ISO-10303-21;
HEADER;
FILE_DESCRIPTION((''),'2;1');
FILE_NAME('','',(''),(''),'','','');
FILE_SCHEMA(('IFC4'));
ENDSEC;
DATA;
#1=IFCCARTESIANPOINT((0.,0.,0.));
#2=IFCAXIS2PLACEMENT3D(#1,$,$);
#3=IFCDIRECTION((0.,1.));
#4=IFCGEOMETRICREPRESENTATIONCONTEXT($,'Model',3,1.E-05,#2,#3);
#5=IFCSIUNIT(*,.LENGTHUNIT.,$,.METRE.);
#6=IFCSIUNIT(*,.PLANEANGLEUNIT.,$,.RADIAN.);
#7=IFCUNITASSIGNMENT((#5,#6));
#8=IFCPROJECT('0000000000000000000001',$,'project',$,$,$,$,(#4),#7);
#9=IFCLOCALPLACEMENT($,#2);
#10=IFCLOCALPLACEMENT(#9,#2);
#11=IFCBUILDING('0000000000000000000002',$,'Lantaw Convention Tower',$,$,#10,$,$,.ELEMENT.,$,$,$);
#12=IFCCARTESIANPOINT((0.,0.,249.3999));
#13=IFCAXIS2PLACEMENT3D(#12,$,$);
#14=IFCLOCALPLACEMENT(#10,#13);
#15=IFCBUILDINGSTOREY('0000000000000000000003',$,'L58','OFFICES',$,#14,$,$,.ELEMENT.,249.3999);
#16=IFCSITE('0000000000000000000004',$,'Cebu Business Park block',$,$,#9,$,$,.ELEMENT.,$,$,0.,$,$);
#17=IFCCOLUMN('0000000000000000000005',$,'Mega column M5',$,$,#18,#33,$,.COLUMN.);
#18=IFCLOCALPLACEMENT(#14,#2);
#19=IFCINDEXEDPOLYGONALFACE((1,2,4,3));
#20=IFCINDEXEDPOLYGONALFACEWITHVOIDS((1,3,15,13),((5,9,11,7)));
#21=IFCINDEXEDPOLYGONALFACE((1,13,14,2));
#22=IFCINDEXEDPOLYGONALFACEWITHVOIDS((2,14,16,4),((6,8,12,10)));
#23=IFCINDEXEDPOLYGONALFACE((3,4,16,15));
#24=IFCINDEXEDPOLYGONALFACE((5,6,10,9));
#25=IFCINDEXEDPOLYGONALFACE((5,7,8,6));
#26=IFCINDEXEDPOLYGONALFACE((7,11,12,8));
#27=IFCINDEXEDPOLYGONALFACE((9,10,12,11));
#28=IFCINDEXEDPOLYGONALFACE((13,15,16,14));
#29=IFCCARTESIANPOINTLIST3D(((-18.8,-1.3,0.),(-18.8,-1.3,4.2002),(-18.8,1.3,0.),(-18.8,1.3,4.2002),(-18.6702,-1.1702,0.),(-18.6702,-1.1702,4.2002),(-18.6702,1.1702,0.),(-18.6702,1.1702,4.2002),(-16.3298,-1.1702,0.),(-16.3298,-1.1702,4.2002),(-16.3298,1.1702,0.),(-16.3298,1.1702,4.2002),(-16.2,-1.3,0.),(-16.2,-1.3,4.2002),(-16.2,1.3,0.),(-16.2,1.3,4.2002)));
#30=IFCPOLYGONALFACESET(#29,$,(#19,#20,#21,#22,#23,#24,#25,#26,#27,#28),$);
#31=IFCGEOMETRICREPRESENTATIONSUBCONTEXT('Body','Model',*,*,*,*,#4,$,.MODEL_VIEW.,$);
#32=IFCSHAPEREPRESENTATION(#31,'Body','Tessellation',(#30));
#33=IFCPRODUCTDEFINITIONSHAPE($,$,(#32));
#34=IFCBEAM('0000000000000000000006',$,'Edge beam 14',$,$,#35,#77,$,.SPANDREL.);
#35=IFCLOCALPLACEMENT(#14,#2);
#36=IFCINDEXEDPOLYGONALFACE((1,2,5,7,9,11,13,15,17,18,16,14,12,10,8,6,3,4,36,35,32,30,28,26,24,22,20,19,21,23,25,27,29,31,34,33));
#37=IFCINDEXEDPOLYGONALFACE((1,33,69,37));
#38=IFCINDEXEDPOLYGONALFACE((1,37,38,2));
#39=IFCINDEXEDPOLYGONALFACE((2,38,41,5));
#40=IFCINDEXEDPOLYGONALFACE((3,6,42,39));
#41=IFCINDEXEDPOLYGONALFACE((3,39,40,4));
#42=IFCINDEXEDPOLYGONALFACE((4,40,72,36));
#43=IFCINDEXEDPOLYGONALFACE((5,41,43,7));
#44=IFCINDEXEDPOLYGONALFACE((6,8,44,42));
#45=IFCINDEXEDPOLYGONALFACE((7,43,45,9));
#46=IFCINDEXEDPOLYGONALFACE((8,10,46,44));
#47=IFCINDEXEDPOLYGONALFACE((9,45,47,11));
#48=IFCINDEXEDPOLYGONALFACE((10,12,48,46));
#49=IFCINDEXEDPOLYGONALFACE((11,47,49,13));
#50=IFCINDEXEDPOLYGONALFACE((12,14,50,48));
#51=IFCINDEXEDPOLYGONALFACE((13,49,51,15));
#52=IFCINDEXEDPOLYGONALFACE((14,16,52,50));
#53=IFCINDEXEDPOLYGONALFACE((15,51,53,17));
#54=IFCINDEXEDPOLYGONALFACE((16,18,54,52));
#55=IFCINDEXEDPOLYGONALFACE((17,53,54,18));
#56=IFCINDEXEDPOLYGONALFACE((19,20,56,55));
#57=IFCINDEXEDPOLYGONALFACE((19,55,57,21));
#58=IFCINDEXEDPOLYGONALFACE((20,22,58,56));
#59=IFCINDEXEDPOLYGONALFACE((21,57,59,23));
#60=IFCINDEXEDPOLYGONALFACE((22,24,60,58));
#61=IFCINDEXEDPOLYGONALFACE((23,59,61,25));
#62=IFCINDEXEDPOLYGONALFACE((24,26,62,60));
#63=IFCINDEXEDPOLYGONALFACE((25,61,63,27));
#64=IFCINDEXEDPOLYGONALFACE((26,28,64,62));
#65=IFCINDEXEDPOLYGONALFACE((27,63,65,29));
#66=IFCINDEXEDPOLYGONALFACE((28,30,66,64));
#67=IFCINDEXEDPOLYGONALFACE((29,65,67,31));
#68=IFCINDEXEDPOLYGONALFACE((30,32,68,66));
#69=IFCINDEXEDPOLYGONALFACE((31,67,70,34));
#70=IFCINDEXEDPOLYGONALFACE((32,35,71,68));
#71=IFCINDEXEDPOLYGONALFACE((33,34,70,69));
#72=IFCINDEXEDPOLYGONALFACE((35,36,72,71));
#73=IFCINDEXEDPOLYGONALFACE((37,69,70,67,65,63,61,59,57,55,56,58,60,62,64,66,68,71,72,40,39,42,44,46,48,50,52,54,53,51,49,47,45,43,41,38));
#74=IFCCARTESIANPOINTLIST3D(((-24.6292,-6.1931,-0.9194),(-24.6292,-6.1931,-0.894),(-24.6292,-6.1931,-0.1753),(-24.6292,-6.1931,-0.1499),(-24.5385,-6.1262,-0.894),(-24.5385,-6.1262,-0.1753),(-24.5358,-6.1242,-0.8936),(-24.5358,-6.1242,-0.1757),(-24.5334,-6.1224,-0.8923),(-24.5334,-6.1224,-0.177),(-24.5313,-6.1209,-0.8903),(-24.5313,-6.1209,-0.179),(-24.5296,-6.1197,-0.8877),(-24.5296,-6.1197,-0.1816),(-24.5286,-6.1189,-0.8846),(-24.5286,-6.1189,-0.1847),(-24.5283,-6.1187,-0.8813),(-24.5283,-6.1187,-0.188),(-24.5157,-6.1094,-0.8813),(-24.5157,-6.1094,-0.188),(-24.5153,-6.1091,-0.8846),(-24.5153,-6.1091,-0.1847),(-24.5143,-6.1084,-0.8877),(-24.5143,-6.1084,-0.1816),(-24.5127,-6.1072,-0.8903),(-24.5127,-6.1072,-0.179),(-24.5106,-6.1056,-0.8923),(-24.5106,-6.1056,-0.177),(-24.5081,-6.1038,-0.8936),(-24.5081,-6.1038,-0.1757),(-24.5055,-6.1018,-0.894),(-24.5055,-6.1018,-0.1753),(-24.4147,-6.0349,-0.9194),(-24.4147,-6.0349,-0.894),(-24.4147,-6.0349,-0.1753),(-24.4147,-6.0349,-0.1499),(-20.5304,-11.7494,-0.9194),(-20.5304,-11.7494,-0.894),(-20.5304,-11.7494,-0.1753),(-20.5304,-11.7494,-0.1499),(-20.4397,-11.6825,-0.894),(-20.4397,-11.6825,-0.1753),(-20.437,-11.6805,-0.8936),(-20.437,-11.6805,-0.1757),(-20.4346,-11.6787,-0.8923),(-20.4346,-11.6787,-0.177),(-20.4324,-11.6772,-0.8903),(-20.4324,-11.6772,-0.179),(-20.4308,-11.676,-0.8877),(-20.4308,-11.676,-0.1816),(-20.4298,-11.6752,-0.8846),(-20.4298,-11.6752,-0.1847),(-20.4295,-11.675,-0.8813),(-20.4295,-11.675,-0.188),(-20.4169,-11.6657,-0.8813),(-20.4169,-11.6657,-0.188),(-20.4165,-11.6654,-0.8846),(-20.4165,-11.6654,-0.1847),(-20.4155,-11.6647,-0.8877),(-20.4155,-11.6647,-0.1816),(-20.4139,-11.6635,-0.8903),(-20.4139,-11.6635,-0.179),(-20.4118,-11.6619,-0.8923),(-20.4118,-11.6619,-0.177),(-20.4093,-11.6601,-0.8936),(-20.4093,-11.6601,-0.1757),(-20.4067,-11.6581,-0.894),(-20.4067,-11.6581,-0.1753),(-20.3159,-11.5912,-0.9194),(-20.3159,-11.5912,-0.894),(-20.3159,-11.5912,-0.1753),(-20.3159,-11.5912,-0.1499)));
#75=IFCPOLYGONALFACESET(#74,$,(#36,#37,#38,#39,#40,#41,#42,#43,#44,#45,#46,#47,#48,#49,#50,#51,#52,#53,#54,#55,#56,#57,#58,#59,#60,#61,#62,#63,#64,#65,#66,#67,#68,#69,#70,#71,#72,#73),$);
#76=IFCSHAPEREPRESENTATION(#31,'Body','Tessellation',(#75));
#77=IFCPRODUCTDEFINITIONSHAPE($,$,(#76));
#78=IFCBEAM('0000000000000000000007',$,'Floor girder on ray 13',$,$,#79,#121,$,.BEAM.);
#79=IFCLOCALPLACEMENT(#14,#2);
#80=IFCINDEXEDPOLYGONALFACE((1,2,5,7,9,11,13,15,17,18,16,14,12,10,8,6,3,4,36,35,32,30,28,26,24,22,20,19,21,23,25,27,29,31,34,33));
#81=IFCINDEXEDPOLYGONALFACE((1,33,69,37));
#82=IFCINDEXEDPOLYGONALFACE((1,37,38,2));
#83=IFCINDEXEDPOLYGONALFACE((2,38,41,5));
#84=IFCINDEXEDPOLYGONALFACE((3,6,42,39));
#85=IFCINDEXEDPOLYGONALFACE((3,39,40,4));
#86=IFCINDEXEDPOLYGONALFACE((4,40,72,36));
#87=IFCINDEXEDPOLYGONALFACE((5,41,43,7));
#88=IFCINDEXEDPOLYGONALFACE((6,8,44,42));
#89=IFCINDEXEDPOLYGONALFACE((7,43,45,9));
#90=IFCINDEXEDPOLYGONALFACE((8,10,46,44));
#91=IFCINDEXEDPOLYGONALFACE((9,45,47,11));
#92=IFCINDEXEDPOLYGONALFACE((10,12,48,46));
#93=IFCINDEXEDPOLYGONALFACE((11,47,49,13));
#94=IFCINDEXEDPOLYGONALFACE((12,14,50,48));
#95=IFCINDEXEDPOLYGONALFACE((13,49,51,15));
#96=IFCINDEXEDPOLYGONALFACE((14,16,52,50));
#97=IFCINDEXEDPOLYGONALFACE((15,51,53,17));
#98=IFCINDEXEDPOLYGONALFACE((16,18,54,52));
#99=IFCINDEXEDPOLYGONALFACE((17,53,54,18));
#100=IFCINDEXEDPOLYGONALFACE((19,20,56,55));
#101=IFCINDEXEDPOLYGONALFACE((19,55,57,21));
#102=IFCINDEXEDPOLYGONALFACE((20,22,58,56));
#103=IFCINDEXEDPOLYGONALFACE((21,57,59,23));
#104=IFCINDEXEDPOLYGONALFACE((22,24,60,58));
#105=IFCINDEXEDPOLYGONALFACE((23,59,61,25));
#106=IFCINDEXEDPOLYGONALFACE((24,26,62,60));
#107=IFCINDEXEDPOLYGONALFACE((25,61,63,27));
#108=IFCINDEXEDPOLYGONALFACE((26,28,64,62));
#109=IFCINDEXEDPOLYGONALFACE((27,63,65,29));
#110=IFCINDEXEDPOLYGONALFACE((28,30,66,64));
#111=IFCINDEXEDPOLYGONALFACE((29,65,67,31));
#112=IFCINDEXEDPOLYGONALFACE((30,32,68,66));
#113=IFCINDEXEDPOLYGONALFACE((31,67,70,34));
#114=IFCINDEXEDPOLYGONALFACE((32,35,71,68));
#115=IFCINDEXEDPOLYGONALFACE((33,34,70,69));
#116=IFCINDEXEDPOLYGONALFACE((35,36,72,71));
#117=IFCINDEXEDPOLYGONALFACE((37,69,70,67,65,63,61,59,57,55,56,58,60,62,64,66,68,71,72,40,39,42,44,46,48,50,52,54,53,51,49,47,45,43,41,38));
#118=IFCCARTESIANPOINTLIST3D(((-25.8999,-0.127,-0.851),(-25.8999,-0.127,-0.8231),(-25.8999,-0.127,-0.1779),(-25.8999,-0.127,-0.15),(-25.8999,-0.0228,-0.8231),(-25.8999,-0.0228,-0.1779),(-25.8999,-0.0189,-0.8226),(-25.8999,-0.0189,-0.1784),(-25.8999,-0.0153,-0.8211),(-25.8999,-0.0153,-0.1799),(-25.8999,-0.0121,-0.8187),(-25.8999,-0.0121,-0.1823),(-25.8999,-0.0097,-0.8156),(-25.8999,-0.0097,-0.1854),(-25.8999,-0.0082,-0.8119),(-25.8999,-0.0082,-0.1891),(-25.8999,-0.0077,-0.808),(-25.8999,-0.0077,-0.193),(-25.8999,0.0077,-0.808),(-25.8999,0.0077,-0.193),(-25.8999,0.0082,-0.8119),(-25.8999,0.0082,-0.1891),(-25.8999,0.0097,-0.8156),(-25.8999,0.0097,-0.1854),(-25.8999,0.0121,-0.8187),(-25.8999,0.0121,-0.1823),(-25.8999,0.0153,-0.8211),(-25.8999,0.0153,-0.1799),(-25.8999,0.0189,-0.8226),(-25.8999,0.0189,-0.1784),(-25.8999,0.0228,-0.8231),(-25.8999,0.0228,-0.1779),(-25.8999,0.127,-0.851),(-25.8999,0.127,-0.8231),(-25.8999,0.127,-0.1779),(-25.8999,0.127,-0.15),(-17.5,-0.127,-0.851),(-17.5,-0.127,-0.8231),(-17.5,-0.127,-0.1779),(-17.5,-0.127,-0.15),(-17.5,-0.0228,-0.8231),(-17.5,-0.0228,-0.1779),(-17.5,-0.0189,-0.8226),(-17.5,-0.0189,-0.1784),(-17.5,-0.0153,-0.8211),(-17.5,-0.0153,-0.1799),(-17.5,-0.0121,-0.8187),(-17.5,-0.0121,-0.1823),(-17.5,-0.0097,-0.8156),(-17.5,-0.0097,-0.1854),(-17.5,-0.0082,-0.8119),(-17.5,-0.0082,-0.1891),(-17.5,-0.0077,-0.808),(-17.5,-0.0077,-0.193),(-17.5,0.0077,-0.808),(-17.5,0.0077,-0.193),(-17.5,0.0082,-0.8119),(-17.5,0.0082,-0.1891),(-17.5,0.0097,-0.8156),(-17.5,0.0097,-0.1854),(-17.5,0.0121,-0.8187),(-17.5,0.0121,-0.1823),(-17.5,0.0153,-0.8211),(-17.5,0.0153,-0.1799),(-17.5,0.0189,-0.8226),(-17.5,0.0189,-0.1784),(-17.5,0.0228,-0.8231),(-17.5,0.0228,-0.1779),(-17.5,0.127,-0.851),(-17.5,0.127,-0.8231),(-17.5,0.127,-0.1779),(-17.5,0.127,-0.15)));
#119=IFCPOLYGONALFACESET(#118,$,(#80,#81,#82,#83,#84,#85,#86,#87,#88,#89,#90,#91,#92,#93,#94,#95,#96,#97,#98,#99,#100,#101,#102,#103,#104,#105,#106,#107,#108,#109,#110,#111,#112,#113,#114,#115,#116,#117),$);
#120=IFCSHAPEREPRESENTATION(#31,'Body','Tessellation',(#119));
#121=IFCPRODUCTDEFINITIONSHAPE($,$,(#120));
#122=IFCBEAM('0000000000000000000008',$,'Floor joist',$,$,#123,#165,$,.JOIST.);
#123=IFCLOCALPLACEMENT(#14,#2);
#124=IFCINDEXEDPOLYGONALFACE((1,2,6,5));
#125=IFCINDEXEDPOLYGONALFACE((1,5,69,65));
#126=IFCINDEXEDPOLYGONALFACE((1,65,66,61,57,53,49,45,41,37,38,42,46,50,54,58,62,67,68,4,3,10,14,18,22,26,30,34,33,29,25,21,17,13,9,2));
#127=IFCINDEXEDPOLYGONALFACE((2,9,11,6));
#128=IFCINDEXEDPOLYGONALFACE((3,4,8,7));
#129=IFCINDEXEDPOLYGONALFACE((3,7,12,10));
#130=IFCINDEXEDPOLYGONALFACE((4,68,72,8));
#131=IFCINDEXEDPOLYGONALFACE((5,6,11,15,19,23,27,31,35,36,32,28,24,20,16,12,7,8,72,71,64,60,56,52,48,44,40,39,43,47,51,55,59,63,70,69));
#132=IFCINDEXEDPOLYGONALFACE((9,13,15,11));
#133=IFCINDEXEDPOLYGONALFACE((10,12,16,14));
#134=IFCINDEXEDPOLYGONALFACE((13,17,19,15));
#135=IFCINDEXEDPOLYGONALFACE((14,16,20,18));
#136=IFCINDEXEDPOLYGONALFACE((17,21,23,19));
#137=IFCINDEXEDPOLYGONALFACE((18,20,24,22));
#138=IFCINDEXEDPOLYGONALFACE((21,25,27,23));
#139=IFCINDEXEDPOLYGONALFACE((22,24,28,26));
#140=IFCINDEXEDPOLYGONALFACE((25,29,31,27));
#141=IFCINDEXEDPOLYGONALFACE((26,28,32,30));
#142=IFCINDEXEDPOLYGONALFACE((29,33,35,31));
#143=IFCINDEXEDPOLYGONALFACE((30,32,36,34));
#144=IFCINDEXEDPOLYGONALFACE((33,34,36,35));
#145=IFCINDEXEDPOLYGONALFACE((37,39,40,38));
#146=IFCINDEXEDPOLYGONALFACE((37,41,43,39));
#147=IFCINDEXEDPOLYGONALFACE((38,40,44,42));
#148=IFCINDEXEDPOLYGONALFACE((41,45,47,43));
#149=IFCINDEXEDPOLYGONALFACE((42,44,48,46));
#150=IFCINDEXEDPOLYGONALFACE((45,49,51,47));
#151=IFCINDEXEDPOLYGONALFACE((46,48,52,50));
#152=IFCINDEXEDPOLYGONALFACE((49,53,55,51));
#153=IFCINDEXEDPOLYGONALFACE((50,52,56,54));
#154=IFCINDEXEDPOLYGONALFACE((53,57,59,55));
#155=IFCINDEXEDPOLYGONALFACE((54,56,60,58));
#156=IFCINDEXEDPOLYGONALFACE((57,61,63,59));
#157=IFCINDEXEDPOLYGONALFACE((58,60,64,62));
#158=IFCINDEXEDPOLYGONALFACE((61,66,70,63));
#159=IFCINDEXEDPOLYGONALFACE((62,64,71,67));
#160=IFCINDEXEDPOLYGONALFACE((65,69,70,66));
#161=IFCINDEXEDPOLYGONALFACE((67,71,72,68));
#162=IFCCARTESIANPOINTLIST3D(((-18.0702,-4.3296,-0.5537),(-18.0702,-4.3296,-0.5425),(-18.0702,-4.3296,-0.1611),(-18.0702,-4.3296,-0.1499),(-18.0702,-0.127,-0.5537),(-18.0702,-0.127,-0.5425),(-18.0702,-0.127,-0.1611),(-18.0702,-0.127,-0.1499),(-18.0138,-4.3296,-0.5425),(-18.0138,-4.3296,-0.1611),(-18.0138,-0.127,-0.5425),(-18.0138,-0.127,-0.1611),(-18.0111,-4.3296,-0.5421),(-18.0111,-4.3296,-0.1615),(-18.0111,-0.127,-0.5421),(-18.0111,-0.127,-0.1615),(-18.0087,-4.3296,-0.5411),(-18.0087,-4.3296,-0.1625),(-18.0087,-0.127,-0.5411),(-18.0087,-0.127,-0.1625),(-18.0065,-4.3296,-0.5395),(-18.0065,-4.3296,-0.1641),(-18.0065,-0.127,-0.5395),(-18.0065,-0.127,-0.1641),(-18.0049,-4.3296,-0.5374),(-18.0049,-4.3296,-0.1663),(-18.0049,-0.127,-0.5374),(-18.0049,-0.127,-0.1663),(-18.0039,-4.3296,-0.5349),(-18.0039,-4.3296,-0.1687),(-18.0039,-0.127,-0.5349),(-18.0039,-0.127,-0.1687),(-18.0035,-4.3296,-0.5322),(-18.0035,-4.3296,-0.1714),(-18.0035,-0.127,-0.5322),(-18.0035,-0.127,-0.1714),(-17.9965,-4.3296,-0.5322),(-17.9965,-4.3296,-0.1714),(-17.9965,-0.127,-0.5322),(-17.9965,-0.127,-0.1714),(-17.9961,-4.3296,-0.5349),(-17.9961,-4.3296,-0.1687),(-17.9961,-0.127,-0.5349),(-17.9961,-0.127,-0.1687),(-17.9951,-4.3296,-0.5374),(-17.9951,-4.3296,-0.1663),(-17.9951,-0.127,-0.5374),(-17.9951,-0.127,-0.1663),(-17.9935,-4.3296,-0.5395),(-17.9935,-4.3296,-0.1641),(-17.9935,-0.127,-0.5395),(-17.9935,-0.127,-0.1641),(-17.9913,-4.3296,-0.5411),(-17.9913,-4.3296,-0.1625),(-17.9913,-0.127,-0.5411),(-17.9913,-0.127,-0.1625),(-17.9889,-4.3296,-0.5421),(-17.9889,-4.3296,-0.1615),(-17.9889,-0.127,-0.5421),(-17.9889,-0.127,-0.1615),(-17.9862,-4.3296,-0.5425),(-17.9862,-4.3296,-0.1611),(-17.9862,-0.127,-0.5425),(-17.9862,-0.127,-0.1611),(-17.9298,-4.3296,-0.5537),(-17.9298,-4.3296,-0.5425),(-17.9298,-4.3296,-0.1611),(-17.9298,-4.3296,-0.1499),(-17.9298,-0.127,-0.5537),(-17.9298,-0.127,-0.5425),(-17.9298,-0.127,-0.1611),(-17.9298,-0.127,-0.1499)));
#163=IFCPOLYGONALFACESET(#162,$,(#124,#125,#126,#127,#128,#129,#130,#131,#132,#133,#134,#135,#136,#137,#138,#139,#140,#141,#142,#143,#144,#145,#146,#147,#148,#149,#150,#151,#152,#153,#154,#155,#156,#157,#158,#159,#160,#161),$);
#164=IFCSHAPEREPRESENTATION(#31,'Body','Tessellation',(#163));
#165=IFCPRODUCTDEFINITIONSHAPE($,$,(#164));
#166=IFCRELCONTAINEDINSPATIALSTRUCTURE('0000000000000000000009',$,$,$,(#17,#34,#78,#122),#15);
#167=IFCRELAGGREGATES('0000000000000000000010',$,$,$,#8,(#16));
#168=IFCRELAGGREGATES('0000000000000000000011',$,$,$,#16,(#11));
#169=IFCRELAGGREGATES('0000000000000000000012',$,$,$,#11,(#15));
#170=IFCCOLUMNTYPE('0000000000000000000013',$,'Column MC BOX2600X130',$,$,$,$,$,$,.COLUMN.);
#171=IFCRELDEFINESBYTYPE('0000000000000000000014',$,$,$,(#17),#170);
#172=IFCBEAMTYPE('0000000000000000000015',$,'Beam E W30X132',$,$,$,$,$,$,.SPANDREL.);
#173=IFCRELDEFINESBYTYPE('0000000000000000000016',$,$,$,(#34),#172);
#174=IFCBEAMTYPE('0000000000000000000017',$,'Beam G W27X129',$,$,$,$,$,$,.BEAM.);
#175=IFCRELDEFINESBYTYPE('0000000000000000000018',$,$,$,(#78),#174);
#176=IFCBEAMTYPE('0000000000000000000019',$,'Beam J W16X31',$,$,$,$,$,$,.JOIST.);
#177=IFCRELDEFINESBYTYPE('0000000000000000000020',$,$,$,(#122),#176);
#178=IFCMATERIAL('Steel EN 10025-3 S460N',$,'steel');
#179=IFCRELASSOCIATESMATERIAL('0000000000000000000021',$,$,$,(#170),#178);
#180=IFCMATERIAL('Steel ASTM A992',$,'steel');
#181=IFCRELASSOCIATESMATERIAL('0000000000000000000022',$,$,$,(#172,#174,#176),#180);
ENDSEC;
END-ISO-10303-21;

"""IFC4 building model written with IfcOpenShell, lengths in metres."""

from ifc_helpers import new_model, si_unit, direction, frame, origin, origin_2d, place, context, subcontext, project, spatial, rectangle, hollow_rectangle, i_section, extrude, material, material_profile, profile_set, type_object, element, save


model = new_model("IFC4")

# Units and contexts
model_context = context("Model", 3, precision=1e-05, world=origin(), true_north=direction((0.0, 1.0)))
body_context = subcontext(model_context, "Body", "Model", "MODEL_VIEW")
ifc_project = project(units=[si_unit("LENGTHUNIT", "METRE"), si_unit("PLANEANGLEUNIT", "RADIAN")], contexts=[model_context])

# Site, building, storey
site_placement = place(None, origin())
site = spatial("IfcSite", under=ifc_project, at=site_placement, Name="Cebu Business Park block", CompositionType="ELEMENT", RefElevation=0.0)
building_placement = place(site_placement, origin())
building = spatial("IfcBuilding", under=site, at=building_placement, Name="Lantaw Convention Tower", CompositionType="ELEMENT")
storey_placement = place(building_placement, frame((0.0, 0.0, 249.3999)))
storey = spatial("IfcBuildingStorey", under=building, at=storey_placement, Name="L58", Description="OFFICES", CompositionType="ELEMENT", Elevation=249.3999)

# Column
ifc_material_1 = material(Name="Steel EN 10025-3 S460N", Category="steel")
ifc_material_profile_1 = material_profile(ifc_material_1, hollow_rectangle(XDim=2.6001, YDim=2.6001, WallThickness=0.1299, at=origin_2d()), Name="BOX2600X130")
ifc_material_2 = material(Name="Concrete C60/75", Category="concrete")
ifc_material_profile_2 = material_profile(ifc_material_2, rectangle(XDim=2.3401, YDim=2.3401, at=origin_2d()), Name="Concrete fill of BOX2600X130")
ifc_profile_set_1 = profile_set([ifc_material_profile_1, ifc_material_profile_2], Name="Steel EN 10025-3 S460N")
column_type = type_object("IfcColumnType", Name="Column MC BOX2600X130", PredefinedType="COLUMN", material=ifc_profile_set_1)
column_placement = place(storey_placement, frame((-17.5, 0.0, 0.0), z_axis=(0.0, 0.0, 1.0), x_axis=(1.0, 0.0, 0.0)))
element("IfcColumn", 1, at=column_placement, inside=storey, type_object=column_type, Name="Mega column M5", PredefinedType="COLUMN", context=body_context, shape_type="SweptSolid", body=[
    extrude(hollow_rectangle(XDim=2.6001, YDim=2.6001, WallThickness=0.1299, at=origin_2d()), origin(), (0.0, 0.0, 1.0), 4.2002),
])

# Beams
ifc_material_3 = material(Name="Steel ASTM A992", Category="steel")
ifc_material_profile_3 = material_profile(ifc_material_3, i_section(OverallWidth=0.2666, OverallDepth=0.7695, WebThickness=0.0156, FlangeThickness=0.0254, FilletRadius=0.0127, at=origin_2d()), Name="W30X132")
ifc_profile_set_2 = profile_set([ifc_material_profile_3], Name="Steel ASTM A992")
beam_type_1 = type_object("IfcBeamType", Name="Beam E W30X132", PredefinedType="SPANDREL", material=ifc_profile_set_2)
beam_1_placement = place(storey_placement, frame((-24.522, -6.114, -0.5347), z_axis=(0.593639, -0.804731, 0.0), x_axis=(0.804731, 0.593639, 0.0)))
element("IfcBeam", 2, at=beam_1_placement, inside=storey, type_object=beam_type_1, Name="Edge beam 14", PredefinedType="SPANDREL", context=body_context, shape_type="SweptSolid", body=[
    extrude(i_section(OverallWidth=0.2666, OverallDepth=0.7695, WebThickness=0.0156, FlangeThickness=0.0254, FilletRadius=0.0127, at=origin_2d()), origin(), (0.0, 0.0, 1.0), 6.9045),
])
ifc_material_profile_4 = material_profile(ifc_material_3, i_section(OverallWidth=0.2539, OverallDepth=0.7009, WebThickness=0.0154, FlangeThickness=0.0278, FilletRadius=0.0151, at=origin_2d()), Name="W27X129")
ifc_profile_set_3 = profile_set([ifc_material_profile_4], Name="Steel ASTM A992")
beam_type_2 = type_object("IfcBeamType", Name="Beam G W27X129", PredefinedType="BEAM", material=ifc_profile_set_3)
beam_2_placement = place(storey_placement, frame((-17.5, 0.0, -0.5005), z_axis=(-1.0, 0.0, 0.0), x_axis=(0.0, -1.0, 0.0)))
element("IfcBeam", 3, at=beam_2_placement, inside=storey, type_object=beam_type_2, Name="Floor girder on ray 13", PredefinedType="BEAM", context=body_context, shape_type="SweptSolid", body=[
    extrude(i_section(OverallWidth=0.2539, OverallDepth=0.7009, WebThickness=0.0154, FlangeThickness=0.0278, FilletRadius=0.0151, at=origin_2d()), origin(), (0.0, 0.0, 1.0), 8.3999),
])
ifc_material_profile_5 = material_profile(ifc_material_3, i_section(OverallWidth=0.1404, OverallDepth=0.4038, WebThickness=0.0071, FlangeThickness=0.0112, FilletRadius=0.0103, at=origin_2d()), Name="W16X31")
ifc_profile_set_4 = profile_set([ifc_material_profile_5], Name="Steel ASTM A992")
beam_type_3 = type_object("IfcBeamType", Name="Beam J W16X31", PredefinedType="JOIST", material=ifc_profile_set_4)
beam_3_placement = place(storey_placement, frame((-18.0, -4.3296, -0.3518), z_axis=(0.0, 1.0, 0.0), x_axis=(-1.0, 0.0, 0.0)))
element("IfcBeam", 4, at=beam_3_placement, inside=storey, type_object=beam_type_3, Name="Floor joist", PredefinedType="JOIST", context=body_context, shape_type="SweptSolid", body=[
    extrude(i_section(OverallWidth=0.1404, OverallDepth=0.4038, WebThickness=0.0071, FlangeThickness=0.0112, FilletRadius=0.0103, at=origin_2d()), origin(), (0.0, 0.0, 1.0), 4.2026),
])

save(model, "model.ifc")
